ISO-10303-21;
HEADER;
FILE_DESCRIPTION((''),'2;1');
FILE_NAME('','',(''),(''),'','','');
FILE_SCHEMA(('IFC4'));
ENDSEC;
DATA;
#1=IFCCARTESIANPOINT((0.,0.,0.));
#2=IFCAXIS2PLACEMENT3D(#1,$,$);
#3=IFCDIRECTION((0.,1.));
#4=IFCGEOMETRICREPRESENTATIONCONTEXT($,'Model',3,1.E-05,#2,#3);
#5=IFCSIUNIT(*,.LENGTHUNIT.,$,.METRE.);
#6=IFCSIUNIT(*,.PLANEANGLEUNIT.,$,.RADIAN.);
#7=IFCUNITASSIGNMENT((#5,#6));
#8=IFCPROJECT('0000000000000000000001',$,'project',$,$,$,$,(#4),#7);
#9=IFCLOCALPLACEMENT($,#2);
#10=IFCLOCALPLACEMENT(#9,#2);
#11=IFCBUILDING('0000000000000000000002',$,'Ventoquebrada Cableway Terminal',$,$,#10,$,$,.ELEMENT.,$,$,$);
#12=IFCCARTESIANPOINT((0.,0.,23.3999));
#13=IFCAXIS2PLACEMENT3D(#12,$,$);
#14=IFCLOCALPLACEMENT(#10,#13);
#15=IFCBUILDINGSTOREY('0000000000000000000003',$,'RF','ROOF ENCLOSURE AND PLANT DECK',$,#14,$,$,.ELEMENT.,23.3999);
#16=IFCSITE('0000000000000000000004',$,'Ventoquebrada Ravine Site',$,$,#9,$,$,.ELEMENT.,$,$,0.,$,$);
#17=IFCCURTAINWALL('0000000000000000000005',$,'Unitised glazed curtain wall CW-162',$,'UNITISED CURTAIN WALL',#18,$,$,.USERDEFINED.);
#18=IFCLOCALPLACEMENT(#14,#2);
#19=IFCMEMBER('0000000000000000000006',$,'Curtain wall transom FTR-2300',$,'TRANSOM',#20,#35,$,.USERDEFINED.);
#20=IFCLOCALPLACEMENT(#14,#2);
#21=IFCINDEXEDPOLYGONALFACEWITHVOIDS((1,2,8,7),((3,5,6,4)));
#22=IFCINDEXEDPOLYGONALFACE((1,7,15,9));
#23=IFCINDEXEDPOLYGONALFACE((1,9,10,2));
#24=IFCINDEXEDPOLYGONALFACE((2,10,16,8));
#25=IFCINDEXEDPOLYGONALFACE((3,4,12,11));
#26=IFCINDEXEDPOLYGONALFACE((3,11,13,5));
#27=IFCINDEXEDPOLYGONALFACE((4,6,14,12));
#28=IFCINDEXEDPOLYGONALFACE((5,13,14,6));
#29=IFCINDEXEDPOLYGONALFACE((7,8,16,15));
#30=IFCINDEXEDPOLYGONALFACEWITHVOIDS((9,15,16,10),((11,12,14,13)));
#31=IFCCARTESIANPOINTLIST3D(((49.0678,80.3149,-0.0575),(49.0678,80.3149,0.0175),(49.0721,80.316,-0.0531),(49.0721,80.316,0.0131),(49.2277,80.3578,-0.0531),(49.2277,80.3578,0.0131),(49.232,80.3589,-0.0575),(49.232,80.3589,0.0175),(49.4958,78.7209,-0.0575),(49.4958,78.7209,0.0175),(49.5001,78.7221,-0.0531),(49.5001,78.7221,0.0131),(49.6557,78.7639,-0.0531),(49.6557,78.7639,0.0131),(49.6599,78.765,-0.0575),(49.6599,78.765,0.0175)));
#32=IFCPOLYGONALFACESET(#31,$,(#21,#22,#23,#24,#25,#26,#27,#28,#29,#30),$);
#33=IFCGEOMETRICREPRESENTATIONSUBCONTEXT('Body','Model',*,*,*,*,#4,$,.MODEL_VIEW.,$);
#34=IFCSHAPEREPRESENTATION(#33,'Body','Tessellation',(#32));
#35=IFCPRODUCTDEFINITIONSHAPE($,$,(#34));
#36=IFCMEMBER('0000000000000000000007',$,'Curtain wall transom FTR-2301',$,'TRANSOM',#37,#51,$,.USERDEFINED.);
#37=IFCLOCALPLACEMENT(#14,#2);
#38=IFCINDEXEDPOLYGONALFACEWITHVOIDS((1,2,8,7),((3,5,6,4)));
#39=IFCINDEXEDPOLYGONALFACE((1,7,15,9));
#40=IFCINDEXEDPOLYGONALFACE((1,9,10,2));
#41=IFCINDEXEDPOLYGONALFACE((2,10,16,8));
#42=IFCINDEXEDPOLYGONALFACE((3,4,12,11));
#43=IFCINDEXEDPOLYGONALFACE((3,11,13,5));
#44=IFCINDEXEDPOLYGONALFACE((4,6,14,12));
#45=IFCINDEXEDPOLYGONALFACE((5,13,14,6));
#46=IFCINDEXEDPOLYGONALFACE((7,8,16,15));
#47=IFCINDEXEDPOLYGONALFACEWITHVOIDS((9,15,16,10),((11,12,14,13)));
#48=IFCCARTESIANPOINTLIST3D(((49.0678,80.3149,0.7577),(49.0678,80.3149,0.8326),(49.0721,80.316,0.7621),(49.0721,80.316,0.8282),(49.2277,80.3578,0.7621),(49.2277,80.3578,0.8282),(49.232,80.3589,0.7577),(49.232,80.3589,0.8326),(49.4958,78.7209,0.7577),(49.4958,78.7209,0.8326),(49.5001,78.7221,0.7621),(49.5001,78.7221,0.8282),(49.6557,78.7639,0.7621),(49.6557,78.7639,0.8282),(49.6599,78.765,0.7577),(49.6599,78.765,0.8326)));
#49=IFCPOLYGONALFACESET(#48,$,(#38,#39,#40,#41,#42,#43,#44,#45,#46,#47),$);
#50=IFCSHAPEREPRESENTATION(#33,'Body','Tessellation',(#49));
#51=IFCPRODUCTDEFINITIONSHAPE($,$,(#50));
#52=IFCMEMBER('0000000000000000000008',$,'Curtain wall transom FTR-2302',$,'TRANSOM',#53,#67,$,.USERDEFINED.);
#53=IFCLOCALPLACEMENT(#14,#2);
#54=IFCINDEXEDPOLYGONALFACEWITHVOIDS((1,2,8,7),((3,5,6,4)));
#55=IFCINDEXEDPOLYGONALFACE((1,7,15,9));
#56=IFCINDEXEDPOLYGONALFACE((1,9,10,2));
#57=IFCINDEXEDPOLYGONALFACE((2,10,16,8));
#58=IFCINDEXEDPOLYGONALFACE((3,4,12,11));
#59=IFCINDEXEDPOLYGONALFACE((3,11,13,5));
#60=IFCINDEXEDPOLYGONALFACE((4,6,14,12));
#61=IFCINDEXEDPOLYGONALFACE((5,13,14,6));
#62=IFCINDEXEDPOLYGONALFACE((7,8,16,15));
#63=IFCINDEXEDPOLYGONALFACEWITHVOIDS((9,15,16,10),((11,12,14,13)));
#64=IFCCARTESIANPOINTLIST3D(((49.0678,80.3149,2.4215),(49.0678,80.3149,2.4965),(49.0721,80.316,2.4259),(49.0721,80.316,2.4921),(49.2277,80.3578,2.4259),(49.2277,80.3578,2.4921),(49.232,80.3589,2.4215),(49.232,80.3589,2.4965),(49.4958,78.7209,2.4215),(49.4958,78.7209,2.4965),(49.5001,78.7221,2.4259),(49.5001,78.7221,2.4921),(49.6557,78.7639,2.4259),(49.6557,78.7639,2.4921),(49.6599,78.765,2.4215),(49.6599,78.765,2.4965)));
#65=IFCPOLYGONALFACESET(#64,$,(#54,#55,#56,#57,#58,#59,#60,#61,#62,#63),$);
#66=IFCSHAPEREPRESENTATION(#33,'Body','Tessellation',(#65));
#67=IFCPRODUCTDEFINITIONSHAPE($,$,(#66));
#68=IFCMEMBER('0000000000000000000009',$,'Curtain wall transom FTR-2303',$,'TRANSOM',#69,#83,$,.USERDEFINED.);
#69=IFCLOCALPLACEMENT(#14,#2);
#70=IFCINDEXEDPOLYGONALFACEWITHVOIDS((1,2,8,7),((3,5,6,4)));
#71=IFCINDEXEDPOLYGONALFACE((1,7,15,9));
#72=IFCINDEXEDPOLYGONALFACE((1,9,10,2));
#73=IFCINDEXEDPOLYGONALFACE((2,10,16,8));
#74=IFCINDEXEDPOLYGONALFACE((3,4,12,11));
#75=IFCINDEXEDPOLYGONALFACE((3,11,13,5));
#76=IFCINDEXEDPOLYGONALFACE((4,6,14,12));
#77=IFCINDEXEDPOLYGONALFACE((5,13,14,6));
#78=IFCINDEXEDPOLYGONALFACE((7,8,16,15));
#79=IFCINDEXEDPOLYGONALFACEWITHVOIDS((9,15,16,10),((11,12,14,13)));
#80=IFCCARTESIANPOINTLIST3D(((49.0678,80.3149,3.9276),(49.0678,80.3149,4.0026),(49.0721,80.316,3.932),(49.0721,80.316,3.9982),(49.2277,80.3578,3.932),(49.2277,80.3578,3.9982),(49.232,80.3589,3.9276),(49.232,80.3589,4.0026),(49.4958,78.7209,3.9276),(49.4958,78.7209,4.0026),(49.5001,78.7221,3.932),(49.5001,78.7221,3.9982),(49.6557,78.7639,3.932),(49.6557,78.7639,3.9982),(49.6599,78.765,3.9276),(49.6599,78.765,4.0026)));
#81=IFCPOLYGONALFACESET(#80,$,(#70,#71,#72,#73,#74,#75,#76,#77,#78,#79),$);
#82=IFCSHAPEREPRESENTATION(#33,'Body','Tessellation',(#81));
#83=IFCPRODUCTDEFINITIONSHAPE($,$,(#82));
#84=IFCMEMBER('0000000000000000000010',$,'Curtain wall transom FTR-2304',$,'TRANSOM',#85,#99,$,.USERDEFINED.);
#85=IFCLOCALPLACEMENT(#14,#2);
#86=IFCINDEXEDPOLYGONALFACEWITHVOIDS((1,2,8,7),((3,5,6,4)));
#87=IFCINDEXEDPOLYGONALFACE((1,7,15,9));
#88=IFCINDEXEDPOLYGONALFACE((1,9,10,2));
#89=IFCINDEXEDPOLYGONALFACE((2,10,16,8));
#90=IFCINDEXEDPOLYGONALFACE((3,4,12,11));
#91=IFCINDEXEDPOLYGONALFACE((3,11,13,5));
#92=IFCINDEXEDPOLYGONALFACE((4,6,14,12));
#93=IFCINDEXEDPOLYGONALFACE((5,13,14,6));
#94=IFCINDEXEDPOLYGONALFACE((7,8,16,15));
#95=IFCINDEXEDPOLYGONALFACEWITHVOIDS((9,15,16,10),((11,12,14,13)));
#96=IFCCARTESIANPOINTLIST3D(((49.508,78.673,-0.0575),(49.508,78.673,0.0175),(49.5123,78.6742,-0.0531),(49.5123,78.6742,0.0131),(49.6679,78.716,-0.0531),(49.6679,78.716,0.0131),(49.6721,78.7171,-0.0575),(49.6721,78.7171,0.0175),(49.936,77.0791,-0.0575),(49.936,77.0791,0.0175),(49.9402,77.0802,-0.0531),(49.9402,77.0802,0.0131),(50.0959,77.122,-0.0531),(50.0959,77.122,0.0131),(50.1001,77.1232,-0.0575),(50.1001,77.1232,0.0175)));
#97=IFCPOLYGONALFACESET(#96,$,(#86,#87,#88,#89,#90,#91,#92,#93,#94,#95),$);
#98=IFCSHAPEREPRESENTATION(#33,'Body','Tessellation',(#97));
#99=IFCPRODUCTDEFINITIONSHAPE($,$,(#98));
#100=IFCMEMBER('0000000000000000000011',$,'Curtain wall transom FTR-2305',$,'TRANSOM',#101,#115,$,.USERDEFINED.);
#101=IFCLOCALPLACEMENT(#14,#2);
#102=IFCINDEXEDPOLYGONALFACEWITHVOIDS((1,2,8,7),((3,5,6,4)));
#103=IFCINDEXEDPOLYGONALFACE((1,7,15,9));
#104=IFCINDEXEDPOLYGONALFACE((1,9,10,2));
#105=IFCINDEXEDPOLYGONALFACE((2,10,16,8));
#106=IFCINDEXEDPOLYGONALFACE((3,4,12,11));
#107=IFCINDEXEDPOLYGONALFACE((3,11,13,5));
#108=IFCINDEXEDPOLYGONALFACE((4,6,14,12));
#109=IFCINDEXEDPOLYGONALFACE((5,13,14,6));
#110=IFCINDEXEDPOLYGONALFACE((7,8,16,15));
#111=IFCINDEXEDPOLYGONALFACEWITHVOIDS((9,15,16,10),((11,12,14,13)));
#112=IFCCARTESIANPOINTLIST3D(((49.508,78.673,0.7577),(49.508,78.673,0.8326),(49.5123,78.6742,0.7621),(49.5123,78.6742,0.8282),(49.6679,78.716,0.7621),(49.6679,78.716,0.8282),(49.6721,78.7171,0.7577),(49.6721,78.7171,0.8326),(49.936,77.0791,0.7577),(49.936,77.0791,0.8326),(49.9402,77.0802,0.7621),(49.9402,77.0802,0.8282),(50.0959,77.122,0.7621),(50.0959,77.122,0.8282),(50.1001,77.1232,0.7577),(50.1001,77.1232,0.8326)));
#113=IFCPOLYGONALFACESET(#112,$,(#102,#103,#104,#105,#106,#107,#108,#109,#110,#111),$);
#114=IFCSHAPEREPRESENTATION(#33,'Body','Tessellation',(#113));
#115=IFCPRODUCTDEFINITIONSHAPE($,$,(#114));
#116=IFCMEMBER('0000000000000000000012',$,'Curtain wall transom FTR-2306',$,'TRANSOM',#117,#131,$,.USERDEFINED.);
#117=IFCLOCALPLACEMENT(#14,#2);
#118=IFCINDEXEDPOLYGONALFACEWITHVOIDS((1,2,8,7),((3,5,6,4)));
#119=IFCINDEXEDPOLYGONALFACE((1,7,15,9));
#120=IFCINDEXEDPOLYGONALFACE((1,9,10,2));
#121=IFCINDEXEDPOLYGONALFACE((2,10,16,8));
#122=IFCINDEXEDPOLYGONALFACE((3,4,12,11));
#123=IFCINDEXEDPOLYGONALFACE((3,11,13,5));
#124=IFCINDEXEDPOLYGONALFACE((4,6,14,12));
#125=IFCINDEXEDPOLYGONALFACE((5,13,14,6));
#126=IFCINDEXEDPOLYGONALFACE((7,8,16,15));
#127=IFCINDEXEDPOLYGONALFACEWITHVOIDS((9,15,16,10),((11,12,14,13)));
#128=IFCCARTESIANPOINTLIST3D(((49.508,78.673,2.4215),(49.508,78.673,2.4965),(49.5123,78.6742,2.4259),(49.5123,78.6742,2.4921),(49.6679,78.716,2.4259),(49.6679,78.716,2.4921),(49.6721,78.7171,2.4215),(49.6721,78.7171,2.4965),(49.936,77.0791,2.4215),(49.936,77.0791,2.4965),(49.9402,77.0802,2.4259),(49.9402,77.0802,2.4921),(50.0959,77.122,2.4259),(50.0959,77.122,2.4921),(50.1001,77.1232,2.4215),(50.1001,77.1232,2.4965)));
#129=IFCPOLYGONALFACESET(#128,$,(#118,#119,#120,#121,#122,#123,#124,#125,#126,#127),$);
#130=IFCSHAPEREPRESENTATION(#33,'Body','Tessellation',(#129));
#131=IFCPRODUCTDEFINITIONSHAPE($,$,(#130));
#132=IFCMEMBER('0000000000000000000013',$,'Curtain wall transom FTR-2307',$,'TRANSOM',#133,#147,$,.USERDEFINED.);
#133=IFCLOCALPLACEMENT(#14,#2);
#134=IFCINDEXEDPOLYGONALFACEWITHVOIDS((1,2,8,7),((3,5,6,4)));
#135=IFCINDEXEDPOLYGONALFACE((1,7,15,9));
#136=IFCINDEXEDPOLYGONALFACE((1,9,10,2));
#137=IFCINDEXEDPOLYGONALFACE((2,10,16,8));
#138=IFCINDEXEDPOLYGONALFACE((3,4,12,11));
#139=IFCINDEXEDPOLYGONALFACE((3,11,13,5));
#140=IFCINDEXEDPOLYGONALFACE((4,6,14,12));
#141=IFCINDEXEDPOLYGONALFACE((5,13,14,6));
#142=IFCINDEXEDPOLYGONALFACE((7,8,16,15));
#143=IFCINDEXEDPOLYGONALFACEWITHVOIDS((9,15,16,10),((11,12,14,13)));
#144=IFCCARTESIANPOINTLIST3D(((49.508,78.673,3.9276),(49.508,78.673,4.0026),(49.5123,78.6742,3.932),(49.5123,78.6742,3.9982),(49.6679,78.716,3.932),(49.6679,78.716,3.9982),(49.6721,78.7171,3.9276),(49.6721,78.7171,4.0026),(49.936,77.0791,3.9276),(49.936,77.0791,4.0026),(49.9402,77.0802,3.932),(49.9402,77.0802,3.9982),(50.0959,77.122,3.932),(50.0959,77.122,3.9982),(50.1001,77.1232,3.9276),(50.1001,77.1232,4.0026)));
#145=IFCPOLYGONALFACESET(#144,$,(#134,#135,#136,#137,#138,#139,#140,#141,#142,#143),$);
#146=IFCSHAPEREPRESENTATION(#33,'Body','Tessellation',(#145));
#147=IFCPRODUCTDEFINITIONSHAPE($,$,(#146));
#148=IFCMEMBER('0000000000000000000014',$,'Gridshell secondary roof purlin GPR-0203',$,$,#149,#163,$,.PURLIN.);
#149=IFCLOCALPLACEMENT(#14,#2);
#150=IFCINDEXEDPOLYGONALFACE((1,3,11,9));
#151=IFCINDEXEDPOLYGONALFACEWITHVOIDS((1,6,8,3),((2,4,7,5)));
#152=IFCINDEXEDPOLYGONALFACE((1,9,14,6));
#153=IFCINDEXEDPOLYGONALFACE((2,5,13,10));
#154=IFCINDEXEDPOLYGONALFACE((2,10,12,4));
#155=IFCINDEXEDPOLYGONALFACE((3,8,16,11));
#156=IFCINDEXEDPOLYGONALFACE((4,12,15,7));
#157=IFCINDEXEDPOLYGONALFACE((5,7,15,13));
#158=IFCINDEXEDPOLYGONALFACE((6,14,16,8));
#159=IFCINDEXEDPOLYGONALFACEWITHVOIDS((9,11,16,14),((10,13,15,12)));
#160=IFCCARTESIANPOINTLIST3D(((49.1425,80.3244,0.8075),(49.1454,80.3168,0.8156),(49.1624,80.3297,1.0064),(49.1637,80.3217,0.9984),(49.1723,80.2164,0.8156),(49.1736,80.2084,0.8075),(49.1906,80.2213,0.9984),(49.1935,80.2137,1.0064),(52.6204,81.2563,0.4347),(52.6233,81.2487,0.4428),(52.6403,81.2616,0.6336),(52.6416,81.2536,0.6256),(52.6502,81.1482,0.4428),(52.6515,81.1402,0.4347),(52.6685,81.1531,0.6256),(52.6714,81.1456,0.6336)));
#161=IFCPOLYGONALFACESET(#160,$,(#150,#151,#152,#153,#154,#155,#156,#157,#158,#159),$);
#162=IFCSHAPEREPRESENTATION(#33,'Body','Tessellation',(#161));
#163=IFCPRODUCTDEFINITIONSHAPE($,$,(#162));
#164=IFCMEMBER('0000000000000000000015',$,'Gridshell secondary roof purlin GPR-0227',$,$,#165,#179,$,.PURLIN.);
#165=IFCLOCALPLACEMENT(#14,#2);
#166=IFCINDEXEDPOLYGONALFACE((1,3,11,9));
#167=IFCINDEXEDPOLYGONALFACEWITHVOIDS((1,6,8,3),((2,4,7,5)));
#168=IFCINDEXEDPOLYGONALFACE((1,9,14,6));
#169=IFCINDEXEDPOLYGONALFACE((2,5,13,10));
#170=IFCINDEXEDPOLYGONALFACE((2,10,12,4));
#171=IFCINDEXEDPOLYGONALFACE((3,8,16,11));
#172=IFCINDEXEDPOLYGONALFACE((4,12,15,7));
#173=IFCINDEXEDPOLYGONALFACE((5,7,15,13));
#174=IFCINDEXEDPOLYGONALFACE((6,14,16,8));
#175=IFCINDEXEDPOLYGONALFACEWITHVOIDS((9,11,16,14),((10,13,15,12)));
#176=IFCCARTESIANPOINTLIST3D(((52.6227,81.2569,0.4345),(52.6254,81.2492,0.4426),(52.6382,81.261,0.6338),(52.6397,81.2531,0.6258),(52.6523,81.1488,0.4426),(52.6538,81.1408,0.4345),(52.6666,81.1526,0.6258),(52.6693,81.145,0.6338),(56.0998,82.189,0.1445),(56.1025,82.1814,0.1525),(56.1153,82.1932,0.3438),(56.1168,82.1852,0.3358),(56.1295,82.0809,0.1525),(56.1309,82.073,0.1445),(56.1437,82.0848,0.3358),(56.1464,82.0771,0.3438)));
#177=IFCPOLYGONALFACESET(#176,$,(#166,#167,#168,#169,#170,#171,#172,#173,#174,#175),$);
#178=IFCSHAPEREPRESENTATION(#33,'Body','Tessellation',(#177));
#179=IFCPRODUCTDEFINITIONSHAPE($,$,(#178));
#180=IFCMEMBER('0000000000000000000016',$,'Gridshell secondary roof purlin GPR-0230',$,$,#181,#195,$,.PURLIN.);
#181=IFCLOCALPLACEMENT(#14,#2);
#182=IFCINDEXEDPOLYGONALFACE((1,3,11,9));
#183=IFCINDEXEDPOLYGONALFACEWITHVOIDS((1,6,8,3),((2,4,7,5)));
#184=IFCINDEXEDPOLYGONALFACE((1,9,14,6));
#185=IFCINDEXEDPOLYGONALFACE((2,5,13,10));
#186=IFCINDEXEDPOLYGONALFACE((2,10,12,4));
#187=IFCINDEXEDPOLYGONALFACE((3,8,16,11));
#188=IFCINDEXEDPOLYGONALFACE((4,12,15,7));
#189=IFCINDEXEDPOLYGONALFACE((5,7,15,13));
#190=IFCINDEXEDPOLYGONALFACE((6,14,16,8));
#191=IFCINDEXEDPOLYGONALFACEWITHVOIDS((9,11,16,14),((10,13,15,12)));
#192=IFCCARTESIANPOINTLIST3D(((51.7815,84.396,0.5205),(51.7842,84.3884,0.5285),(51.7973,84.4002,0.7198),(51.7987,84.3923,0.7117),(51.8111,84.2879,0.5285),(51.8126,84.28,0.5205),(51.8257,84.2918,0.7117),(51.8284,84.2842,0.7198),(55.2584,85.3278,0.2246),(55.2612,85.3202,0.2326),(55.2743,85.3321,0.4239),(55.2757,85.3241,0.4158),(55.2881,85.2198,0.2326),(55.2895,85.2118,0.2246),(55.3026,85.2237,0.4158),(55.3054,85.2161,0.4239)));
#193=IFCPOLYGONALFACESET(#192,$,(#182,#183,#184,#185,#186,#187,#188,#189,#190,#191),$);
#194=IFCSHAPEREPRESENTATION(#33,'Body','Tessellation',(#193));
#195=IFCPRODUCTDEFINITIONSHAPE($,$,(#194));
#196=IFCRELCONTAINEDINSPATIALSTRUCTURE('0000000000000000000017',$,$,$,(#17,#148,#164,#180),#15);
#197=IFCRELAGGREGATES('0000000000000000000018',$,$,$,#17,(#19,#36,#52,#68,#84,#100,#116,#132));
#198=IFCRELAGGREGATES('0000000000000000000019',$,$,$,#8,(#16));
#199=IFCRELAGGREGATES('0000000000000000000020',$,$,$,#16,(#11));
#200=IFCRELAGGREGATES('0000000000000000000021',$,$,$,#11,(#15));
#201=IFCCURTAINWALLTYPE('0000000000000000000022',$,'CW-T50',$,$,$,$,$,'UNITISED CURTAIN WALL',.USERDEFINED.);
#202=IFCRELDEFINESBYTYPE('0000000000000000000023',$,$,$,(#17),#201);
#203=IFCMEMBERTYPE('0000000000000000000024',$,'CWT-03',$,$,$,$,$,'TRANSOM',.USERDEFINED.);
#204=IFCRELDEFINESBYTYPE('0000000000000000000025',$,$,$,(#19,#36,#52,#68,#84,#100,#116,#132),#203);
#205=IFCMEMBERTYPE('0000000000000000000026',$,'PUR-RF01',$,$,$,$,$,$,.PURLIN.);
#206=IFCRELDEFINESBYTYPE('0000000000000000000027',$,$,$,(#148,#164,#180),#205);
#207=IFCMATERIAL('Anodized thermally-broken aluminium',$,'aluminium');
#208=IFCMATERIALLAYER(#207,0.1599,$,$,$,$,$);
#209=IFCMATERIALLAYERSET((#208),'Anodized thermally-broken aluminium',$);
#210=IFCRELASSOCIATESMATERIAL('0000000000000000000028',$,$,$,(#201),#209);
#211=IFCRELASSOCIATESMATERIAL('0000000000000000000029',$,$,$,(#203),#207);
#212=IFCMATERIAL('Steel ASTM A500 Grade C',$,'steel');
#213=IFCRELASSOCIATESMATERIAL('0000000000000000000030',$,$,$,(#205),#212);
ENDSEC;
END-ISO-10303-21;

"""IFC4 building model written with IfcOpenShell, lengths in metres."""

from ifc_helpers import new_model, si_unit, direction, frame, origin, origin_2d, place, context, subcontext, project, spatial, hollow_rectangle, extrude, material, layer, layer_set, material_profile, profile_set, type_object, element, aggregate, save


model = new_model("IFC4")

# Units and contexts
model_context = context("Model", 3, precision=1e-05, world=origin(), true_north=direction((0.0, 1.0)))
body_context = subcontext(model_context, "Body", "Model", "MODEL_VIEW")
ifc_project = project(units=[si_unit("LENGTHUNIT", "METRE"), si_unit("PLANEANGLEUNIT", "RADIAN")], contexts=[model_context])

# Site, building, storey
site_placement = place(None, origin())
site = spatial("IfcSite", under=ifc_project, at=site_placement, Name="Ventoquebrada Ravine Site", CompositionType="ELEMENT", RefElevation=0.0)
building_placement = place(site_placement, origin())
building = spatial("IfcBuilding", under=site, at=building_placement, Name="Ventoquebrada Cableway Terminal", CompositionType="ELEMENT")
storey_placement = place(building_placement, frame((0.0, 0.0, 23.3999)))
storey = spatial("IfcBuildingStorey", under=building, at=storey_placement, Name="RF", Description="ROOF ENCLOSURE AND PLANT DECK", CompositionType="ELEMENT", Elevation=23.3999)

# Shared definitions
ifc_material_1 = material(Name="Steel ASTM A500 Grade C", Category="steel")

# Curtain wall, members
ifc_material_2 = material(Name="Anodized thermally-broken aluminium", Category="aluminium")
ifc_layer_1 = layer(ifc_material_2, 0.1599)
ifc_layer_set_1 = layer_set([ifc_layer_1], Name="Anodized thermally-broken aluminium")
curtain_wall_type = type_object("IfcCurtainWallType", Name="CW-T50", ElementType="UNITISED CURTAIN WALL", PredefinedType="USERDEFINED", material=ifc_layer_set_1)
curtain_wall_placement = place(storey_placement, origin())
curtain_wall = element("IfcCurtainWall", 1, at=curtain_wall_placement, inside=storey, type_object=curtain_wall_type, Name="Unitised glazed curtain wall CW-162", ObjectType="UNITISED CURTAIN WALL", PredefinedType="USERDEFINED")
ifc_material_profile_1 = material_profile(ifc_material_2, hollow_rectangle(XDim=0.075, YDim=0.1699, WallThickness=0.0044, at=origin_2d()), Name="CW-TRN-75X170")
ifc_profile_set_1 = profile_set([ifc_material_profile_1], Name="Anodized thermally-broken aluminium")
member_type_1 = type_object("IfcMemberType", Name="CWT-03", ElementType="TRANSOM", PredefinedType="USERDEFINED", material=ifc_profile_set_1)
member_1_placement = place(storey_placement, frame((49.1499, 80.3369, -0.02), z_axis=(0.25931, -0.965794, 0.0), x_axis=(0.0, 0.0, 1.0)))
member_1 = element("IfcMember", 2, at=member_1_placement, type_object=member_type_1, Name="Curtain wall transom FTR-2300", ObjectType="TRANSOM", PredefinedType="USERDEFINED", context=body_context, shape_type="SweptSolid", body=[
    extrude(hollow_rectangle(XDim=0.075, YDim=0.1699, WallThickness=0.0044, at=origin_2d()), origin(), (0.0, 0.0, 1.0), 1.6504),
])
member_2_placement = place(storey_placement, frame((49.1499, 80.3369, 0.7952), z_axis=(0.25931, -0.965794, 0.0), x_axis=(0.0, 0.0, 1.0)))
member_2 = element("IfcMember", 3, at=member_2_placement, type_object=member_type_1, Name="Curtain wall transom FTR-2301", ObjectType="TRANSOM", PredefinedType="USERDEFINED", context=body_context, shape_type="SweptSolid", body=[
    extrude(hollow_rectangle(XDim=0.075, YDim=0.1699, WallThickness=0.0044, at=origin_2d()), origin(), (0.0, 0.0, 1.0), 1.6504),
])
member_3_placement = place(storey_placement, frame((49.1499, 80.3369, 2.459), z_axis=(0.25931, -0.965794, 0.0), x_axis=(0.0, 0.0, 1.0)))
member_3 = element("IfcMember", 4, at=member_3_placement, type_object=member_type_1, Name="Curtain wall transom FTR-2302", ObjectType="TRANSOM", PredefinedType="USERDEFINED", context=body_context, shape_type="SweptSolid", body=[
    extrude(hollow_rectangle(XDim=0.075, YDim=0.1699, WallThickness=0.0044, at=origin_2d()), origin(), (0.0, 0.0, 1.0), 1.6504),
])
member_4_placement = place(storey_placement, frame((49.1499, 80.3369, 3.9651), z_axis=(0.25931, -0.965794, 0.0), x_axis=(0.0, 0.0, 1.0)))
member_4 = element("IfcMember", 5, at=member_4_placement, type_object=member_type_1, Name="Curtain wall transom FTR-2303", ObjectType="TRANSOM", PredefinedType="USERDEFINED", context=body_context, shape_type="SweptSolid", body=[
    extrude(hollow_rectangle(XDim=0.075, YDim=0.1699, WallThickness=0.0044, at=origin_2d()), origin(), (0.0, 0.0, 1.0), 1.6504),
])
member_5_placement = place(storey_placement, frame((49.5901, 78.6951, -0.02), z_axis=(0.25931, -0.965794, 0.0), x_axis=(0.0, 0.0, 1.0)))
member_5 = element("IfcMember", 6, at=member_5_placement, type_object=member_type_1, Name="Curtain wall transom FTR-2304", ObjectType="TRANSOM", PredefinedType="USERDEFINED", context=body_context, shape_type="SweptSolid", body=[
    extrude(hollow_rectangle(XDim=0.075, YDim=0.1699, WallThickness=0.0044, at=origin_2d()), origin(), (0.0, 0.0, 1.0), 1.6504),
])
member_6_placement = place(storey_placement, frame((49.5901, 78.6951, 0.7952), z_axis=(0.25931, -0.965794, 0.0), x_axis=(0.0, 0.0, 1.0)))
member_6 = element("IfcMember", 7, at=member_6_placement, type_object=member_type_1, Name="Curtain wall transom FTR-2305", ObjectType="TRANSOM", PredefinedType="USERDEFINED", context=body_context, shape_type="SweptSolid", body=[
    extrude(hollow_rectangle(XDim=0.075, YDim=0.1699, WallThickness=0.0044, at=origin_2d()), origin(), (0.0, 0.0, 1.0), 1.6504),
])
member_7_placement = place(storey_placement, frame((49.5901, 78.6951, 2.459), z_axis=(0.25931, -0.965794, 0.0), x_axis=(0.0, 0.0, 1.0)))
member_7 = element("IfcMember", 8, at=member_7_placement, type_object=member_type_1, Name="Curtain wall transom FTR-2306", ObjectType="TRANSOM", PredefinedType="USERDEFINED", context=body_context, shape_type="SweptSolid", body=[
    extrude(hollow_rectangle(XDim=0.075, YDim=0.1699, WallThickness=0.0044, at=origin_2d()), origin(), (0.0, 0.0, 1.0), 1.6504),
])
member_8_placement = place(storey_placement, frame((49.5901, 78.6951, 3.9651), z_axis=(0.25931, -0.965794, 0.0), x_axis=(0.0, 0.0, 1.0)))
member_8 = element("IfcMember", 9, at=member_8_placement, type_object=member_type_1, Name="Curtain wall transom FTR-2307", ObjectType="TRANSOM", PredefinedType="USERDEFINED", context=body_context, shape_type="SweptSolid", body=[
    extrude(hollow_rectangle(XDim=0.075, YDim=0.1699, WallThickness=0.0044, at=origin_2d()), origin(), (0.0, 0.0, 1.0), 1.6504),
])

# Members
ifc_material_profile_2 = material_profile(ifc_material_1, hollow_rectangle(XDim=0.1201, YDim=0.2, WallThickness=0.0081, at=origin_2d()), Name="RHS200X120X8")
ifc_profile_set_2 = profile_set([ifc_material_profile_2], Name="Steel ASTM A500 Grade C")
member_type_2 = type_object("IfcMemberType", Name="PUR-RF01", PredefinedType="PURLIN", material=ifc_profile_set_2)
member_9_placement = place(storey_placement, frame((49.168, 80.269, 0.907), z_axis=(0.960793, 0.25743, -0.102985), x_axis=(-0.258806, 0.965929, 0.0)))
element("IfcMember", 10, at=member_9_placement, inside=storey, type_object=member_type_2, Name="Gridshell secondary roof purlin GPR-0203", PredefinedType="PURLIN", context=body_context, shape_type="SweptSolid", body=[
    extrude(hollow_rectangle(XDim=0.1201, YDim=0.2, WallThickness=0.0081, at=origin_2d()), origin(), (0.0, 0.0, 1.0), 3.6199),
])
member_10_placement = place(storey_placement, frame((52.646, 81.2009, 0.5342), z_axis=(0.962774, 0.258101, -0.08031), x_axis=(-0.258937, 0.965894, 0.0)))
element("IfcMember", 11, at=member_10_placement, inside=storey, type_object=member_type_2, Name="Gridshell secondary roof purlin GPR-0227", PredefinedType="PURLIN", context=body_context, shape_type="SweptSolid", body=[
    extrude(hollow_rectangle(XDim=0.1201, YDim=0.2, WallThickness=0.0081, at=origin_2d()), origin(), (0.0, 0.0, 1.0), 3.6116),
])
member_11_placement = place(storey_placement, frame((51.8049, 84.3401, 0.6201), z_axis=(0.962664, 0.258004, -0.081923), x_axis=(-0.258874, 0.965911, 0.0)))
element("IfcMember", 12, at=member_11_placement, inside=storey, type_object=member_type_2, Name="Gridshell secondary roof purlin GPR-0230", PredefinedType="PURLIN", context=body_context, shape_type="SweptSolid", body=[
    extrude(hollow_rectangle(XDim=0.1201, YDim=0.2, WallThickness=0.0081, at=origin_2d()), origin(), (0.0, 0.0, 1.0), 3.6118),
])

aggregate(curtain_wall, [member_1, member_2, member_3, member_4, member_5, member_6, member_7, member_8])

save(model, "model.ifc")
